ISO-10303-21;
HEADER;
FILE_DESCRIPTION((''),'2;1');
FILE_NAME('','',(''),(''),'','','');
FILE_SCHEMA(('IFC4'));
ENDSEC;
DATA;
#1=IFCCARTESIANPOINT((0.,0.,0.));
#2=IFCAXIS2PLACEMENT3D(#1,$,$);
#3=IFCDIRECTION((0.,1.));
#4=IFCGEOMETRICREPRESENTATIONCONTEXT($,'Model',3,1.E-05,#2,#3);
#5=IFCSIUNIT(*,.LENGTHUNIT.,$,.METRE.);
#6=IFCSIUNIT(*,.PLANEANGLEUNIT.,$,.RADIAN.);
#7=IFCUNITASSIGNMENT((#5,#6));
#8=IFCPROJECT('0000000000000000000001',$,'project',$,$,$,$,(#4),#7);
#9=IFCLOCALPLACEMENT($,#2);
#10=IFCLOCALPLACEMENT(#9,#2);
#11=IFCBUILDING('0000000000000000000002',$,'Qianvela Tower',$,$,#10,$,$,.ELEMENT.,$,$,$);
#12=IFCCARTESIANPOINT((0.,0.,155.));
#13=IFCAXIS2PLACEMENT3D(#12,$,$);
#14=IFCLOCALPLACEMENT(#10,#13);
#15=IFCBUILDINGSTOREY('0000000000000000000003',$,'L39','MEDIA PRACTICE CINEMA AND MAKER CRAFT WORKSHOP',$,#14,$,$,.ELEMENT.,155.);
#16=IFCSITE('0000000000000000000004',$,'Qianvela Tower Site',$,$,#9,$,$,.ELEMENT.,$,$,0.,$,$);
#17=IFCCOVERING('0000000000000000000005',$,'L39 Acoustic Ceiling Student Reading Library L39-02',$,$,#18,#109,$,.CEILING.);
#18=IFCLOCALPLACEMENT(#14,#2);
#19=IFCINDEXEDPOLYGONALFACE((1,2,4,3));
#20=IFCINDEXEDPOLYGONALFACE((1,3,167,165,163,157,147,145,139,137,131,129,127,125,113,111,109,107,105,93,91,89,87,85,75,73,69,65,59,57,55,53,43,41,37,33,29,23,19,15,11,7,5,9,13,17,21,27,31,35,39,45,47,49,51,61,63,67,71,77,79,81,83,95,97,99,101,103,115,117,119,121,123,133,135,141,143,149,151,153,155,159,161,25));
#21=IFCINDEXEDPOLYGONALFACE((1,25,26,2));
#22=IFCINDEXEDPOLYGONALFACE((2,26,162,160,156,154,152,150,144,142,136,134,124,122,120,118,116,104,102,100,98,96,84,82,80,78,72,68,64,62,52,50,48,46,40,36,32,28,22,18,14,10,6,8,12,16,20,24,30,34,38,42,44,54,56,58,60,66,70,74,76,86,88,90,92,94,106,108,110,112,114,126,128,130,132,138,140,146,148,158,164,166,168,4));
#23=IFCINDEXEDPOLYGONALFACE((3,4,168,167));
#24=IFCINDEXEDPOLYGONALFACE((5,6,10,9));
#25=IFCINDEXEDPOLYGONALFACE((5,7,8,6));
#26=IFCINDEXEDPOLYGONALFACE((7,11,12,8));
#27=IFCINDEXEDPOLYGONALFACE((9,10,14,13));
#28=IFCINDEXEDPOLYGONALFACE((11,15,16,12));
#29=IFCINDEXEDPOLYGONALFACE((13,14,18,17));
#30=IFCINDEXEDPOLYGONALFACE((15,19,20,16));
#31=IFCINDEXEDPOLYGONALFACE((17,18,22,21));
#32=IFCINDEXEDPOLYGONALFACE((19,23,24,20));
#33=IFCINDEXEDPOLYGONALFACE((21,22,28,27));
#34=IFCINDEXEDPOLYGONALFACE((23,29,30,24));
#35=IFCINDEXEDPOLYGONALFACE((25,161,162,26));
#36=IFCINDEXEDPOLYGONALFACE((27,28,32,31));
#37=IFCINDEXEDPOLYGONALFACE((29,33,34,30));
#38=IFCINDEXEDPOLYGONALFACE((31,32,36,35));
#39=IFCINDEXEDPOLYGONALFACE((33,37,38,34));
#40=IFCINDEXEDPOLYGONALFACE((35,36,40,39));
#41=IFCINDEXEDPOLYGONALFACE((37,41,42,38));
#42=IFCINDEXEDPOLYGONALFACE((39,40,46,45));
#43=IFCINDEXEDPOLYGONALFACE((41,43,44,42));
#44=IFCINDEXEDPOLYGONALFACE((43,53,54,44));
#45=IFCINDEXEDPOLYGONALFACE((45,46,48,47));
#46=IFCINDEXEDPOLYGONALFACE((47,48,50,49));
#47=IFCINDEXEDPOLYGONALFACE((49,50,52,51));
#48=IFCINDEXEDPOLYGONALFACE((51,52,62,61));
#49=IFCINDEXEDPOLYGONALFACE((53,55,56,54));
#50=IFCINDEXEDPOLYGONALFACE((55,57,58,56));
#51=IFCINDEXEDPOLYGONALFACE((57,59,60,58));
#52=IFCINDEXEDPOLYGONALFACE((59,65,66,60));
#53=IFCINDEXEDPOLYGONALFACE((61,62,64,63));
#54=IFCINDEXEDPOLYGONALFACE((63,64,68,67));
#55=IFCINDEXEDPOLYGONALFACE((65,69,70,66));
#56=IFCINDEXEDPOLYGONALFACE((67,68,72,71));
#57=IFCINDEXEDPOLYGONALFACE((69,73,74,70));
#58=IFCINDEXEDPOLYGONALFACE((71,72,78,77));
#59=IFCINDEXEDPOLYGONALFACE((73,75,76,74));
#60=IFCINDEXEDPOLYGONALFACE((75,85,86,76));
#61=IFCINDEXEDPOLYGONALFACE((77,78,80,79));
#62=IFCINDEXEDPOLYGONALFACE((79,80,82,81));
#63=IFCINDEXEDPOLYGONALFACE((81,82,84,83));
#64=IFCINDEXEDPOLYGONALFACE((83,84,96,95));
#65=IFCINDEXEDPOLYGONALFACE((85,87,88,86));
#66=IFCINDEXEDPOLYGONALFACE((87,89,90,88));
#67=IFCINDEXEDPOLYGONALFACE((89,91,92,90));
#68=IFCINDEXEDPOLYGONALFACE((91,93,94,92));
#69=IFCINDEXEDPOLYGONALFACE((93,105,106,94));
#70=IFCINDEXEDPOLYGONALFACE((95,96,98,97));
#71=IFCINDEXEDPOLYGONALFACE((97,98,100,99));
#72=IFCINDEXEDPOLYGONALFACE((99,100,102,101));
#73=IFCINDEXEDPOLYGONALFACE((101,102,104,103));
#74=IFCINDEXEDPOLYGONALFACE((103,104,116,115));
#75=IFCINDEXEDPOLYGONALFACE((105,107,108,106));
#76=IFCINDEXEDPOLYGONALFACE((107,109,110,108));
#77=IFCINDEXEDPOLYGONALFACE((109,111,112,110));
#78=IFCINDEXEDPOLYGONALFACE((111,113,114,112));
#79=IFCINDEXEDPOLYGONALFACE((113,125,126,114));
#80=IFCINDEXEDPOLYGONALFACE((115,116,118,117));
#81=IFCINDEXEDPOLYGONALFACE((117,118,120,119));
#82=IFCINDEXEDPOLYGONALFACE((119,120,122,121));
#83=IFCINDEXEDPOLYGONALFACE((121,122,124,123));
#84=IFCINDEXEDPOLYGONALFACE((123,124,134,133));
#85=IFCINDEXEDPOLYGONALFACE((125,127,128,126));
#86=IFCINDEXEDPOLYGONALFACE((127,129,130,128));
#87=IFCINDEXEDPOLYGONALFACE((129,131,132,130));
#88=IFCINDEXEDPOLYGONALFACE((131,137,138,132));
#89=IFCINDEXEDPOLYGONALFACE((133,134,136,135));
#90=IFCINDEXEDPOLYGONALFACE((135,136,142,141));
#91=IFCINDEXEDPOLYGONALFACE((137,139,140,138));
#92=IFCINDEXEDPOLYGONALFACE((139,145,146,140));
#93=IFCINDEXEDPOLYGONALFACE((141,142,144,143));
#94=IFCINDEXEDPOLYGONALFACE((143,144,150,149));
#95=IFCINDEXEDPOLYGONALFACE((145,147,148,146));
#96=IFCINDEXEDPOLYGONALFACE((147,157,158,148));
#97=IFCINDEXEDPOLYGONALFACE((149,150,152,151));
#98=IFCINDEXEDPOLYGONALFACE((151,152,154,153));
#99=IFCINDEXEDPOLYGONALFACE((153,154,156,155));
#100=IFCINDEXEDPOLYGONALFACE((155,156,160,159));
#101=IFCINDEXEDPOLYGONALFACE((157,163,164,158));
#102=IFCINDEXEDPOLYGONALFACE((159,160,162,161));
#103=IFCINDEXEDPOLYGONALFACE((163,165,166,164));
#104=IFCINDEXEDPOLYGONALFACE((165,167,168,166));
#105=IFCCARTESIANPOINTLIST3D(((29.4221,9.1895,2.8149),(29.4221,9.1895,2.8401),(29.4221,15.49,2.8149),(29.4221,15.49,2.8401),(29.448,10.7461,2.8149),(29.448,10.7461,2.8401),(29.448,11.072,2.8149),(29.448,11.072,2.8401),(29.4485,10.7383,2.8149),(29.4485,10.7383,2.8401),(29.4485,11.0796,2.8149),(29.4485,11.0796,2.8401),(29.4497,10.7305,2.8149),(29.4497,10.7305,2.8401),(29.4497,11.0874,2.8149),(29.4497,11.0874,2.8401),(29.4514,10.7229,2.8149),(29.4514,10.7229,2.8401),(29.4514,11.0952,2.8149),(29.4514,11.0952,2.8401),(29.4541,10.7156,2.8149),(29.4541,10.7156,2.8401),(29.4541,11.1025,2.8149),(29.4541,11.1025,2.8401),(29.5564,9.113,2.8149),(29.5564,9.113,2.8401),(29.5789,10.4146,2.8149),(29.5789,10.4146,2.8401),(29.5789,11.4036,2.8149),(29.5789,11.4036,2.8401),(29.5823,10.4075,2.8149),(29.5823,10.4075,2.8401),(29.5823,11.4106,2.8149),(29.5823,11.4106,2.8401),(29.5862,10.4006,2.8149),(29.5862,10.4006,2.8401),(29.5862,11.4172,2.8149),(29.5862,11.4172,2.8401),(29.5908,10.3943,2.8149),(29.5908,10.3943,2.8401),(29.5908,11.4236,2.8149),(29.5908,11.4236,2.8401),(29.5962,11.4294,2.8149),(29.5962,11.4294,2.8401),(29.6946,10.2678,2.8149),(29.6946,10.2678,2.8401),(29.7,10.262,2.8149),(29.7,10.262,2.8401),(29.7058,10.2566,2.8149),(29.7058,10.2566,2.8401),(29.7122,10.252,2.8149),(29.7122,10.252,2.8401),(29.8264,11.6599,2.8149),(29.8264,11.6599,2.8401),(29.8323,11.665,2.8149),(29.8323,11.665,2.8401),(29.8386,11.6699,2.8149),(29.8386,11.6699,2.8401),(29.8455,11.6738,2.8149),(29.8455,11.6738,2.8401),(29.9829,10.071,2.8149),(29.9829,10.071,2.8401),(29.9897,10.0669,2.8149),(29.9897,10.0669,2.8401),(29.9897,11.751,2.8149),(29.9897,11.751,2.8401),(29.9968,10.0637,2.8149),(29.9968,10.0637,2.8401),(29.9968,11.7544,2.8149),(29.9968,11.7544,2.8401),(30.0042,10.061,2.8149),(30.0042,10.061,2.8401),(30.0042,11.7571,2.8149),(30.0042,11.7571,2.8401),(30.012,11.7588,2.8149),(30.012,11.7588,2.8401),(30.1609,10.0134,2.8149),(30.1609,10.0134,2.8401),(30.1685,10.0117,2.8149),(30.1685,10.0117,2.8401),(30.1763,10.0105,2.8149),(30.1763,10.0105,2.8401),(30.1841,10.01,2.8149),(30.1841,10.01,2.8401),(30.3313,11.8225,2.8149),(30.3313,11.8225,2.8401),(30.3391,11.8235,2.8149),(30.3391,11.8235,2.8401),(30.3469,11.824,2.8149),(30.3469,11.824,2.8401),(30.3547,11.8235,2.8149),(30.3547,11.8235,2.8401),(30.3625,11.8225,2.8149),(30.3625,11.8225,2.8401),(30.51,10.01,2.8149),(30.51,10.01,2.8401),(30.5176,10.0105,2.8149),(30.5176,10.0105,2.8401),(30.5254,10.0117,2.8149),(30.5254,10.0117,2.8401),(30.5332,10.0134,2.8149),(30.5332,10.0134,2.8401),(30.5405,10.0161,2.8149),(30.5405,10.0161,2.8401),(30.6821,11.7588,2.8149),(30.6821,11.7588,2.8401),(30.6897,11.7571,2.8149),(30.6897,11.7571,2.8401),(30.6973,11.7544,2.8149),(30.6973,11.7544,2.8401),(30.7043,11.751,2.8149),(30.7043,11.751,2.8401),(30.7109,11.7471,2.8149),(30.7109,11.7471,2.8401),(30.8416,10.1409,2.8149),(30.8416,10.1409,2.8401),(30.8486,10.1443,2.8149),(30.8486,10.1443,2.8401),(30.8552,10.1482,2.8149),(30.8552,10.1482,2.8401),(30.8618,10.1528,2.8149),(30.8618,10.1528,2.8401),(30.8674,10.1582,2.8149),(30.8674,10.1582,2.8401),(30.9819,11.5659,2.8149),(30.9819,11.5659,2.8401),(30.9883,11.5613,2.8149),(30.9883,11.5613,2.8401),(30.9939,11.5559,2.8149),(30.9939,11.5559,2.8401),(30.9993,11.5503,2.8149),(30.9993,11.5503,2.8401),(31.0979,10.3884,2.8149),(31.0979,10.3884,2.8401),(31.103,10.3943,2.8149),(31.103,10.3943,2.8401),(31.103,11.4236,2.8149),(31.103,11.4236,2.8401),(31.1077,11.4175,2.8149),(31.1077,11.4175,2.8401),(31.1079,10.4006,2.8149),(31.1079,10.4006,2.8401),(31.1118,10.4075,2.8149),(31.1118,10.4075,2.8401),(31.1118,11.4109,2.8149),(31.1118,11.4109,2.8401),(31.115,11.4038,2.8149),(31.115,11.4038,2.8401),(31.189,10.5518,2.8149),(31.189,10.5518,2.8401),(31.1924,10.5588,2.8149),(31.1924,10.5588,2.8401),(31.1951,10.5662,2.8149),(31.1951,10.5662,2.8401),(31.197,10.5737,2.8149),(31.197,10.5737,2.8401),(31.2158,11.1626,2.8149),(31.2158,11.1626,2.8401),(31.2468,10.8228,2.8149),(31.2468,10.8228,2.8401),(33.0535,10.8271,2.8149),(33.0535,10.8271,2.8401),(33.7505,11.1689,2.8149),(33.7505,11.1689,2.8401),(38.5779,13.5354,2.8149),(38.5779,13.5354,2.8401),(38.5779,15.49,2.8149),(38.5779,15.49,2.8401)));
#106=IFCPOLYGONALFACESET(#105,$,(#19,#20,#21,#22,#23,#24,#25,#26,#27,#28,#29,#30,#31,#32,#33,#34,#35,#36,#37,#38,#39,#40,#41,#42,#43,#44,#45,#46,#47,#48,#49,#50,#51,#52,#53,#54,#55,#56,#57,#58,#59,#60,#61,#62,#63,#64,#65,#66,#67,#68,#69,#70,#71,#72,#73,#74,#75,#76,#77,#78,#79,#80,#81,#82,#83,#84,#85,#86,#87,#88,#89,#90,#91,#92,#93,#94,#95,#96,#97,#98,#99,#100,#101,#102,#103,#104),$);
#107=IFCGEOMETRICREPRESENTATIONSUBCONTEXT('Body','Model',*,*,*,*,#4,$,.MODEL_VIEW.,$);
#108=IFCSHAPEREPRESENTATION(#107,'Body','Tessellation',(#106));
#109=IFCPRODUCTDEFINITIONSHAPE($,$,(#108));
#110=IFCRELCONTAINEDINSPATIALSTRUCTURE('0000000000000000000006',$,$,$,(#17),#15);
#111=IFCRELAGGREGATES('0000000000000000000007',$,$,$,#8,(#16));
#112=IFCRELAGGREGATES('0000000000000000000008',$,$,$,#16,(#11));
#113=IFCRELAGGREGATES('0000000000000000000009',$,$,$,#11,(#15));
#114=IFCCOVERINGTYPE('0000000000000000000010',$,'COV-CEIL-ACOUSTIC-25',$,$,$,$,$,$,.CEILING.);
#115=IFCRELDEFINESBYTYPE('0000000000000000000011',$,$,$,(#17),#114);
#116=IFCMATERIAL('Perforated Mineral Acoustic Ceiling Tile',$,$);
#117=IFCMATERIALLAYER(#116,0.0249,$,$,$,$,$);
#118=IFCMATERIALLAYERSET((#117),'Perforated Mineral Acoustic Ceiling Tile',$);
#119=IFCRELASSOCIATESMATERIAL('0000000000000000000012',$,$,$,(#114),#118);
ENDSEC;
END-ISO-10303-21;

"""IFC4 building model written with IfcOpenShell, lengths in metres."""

from ifc_helpers import new_model, si_unit, direction, frame, origin, place, context, subcontext, project, spatial, polyline, outline, extrude, material, layer, layer_set, type_object, element, save


model = new_model("IFC4")

# Units and contexts
model_context = context("Model", 3, precision=1e-05, world=origin(), true_north=direction((0.0, 1.0)))
body_context = subcontext(model_context, "Body", "Model", "MODEL_VIEW")
ifc_project = project(units=[si_unit("LENGTHUNIT", "METRE"), si_unit("PLANEANGLEUNIT", "RADIAN")], contexts=[model_context])

# Site, building, storey
site_placement = place(None, origin())
site = spatial("IfcSite", under=ifc_project, at=site_placement, Name="Qianvela Tower Site", CompositionType="ELEMENT", RefElevation=0.0)
building_placement = place(site_placement, origin())
building = spatial("IfcBuilding", under=site, at=building_placement, Name="Qianvela Tower", CompositionType="ELEMENT")
storey_placement = place(building_placement, frame((0.0, 0.0, 155.0)))
storey = spatial("IfcBuildingStorey", under=building, at=storey_placement, Name="L39", Description="MEDIA PRACTICE CINEMA AND MAKER CRAFT WORKSHOP", CompositionType="ELEMENT", Elevation=155.0)

# Covering
ifc_material_1 = material(Name="Perforated Mineral Acoustic Ceiling Tile")
ifc_layer_1 = layer(ifc_material_1, 0.0249)
ifc_layer_set_1 = layer_set([ifc_layer_1], Name="Perforated Mineral Acoustic Ceiling Tile")
covering_type_1 = type_object("IfcCoveringType", Name="COV-CEIL-ACOUSTIC-25", PredefinedType="CEILING", material=ifc_layer_set_1)
covering_1_placement = place(storey_placement, frame((0.0, 0.0, 2.8149)))
element("IfcCovering", 1, at=covering_1_placement, inside=storey, type_object=covering_type_1, Name="L39 Acoustic Ceiling Student Reading Library L39-02", PredefinedType="CEILING", context=body_context, shape_type="SweptSolid", body=[
    extrude(outline(polyline([(38.5779, 13.5354), (33.7505, 11.1689), (31.2158, 11.1626), (31.115, 11.4038), (31.1118, 11.4109), (31.1077, 11.4175), (31.103, 11.4236), (30.9993, 11.5503), (30.9939, 11.5559), (30.9883, 11.5613), (30.9819, 11.5659), (30.7109, 11.7471), (30.7043, 11.751), (30.6973, 11.7544), (30.6897, 11.7571), (30.6821, 11.7588), (30.3625, 11.8225), (30.3547, 11.8235), (30.3469, 11.824), (30.3391, 11.8235), (30.3313, 11.8225), (30.012, 11.7588), (30.0042, 11.7571), (29.9968, 11.7544), (29.9897, 11.751), (29.8455, 11.6738), (29.8386, 11.6699), (29.8323, 11.665), (29.8264, 11.6599), (29.5962, 11.4294), (29.5908, 11.4236), (29.5862, 11.4172), (29.5823, 11.4106), (29.5789, 11.4036), (29.4541, 11.1025), (29.4514, 11.0952), (29.4497, 11.0874), (29.4485, 11.0796), (29.448, 11.072), (29.448, 10.7461), (29.4485, 10.7383), (29.4497, 10.7305), (29.4514, 10.7229), (29.4541, 10.7156), (29.5789, 10.4146), (29.5823, 10.4075), (29.5862, 10.4006), (29.5908, 10.3943), (29.6946, 10.2678), (29.7, 10.262), (29.7058, 10.2566), (29.7122, 10.252), (29.9829, 10.071), (29.9897, 10.0669), (29.9968, 10.0637), (30.0042, 10.061), (30.1609, 10.0134), (30.1685, 10.0117), (30.1763, 10.0105), (30.1841, 10.01), (30.51, 10.01), (30.5176, 10.0105), (30.5254, 10.0117), (30.5332, 10.0134), (30.5405, 10.0161), (30.8416, 10.1409), (30.8486, 10.1443), (30.8552, 10.1482), (30.8618, 10.1528), (30.8674, 10.1582), (31.0979, 10.3884), (31.103, 10.3943), (31.1079, 10.4006), (31.1118, 10.4075), (31.189, 10.5518), (31.1924, 10.5588), (31.1951, 10.5662), (31.197, 10.5737), (31.2468, 10.8228), (33.0535, 10.8271), (29.5564, 9.113), (29.4221, 9.1895), (29.4221, 15.49), (38.5779, 15.49), (38.5779, 13.5354)])), origin(), (0.0, 0.0, 1.0), 0.0251),
])

save(model, "model.ifc")
